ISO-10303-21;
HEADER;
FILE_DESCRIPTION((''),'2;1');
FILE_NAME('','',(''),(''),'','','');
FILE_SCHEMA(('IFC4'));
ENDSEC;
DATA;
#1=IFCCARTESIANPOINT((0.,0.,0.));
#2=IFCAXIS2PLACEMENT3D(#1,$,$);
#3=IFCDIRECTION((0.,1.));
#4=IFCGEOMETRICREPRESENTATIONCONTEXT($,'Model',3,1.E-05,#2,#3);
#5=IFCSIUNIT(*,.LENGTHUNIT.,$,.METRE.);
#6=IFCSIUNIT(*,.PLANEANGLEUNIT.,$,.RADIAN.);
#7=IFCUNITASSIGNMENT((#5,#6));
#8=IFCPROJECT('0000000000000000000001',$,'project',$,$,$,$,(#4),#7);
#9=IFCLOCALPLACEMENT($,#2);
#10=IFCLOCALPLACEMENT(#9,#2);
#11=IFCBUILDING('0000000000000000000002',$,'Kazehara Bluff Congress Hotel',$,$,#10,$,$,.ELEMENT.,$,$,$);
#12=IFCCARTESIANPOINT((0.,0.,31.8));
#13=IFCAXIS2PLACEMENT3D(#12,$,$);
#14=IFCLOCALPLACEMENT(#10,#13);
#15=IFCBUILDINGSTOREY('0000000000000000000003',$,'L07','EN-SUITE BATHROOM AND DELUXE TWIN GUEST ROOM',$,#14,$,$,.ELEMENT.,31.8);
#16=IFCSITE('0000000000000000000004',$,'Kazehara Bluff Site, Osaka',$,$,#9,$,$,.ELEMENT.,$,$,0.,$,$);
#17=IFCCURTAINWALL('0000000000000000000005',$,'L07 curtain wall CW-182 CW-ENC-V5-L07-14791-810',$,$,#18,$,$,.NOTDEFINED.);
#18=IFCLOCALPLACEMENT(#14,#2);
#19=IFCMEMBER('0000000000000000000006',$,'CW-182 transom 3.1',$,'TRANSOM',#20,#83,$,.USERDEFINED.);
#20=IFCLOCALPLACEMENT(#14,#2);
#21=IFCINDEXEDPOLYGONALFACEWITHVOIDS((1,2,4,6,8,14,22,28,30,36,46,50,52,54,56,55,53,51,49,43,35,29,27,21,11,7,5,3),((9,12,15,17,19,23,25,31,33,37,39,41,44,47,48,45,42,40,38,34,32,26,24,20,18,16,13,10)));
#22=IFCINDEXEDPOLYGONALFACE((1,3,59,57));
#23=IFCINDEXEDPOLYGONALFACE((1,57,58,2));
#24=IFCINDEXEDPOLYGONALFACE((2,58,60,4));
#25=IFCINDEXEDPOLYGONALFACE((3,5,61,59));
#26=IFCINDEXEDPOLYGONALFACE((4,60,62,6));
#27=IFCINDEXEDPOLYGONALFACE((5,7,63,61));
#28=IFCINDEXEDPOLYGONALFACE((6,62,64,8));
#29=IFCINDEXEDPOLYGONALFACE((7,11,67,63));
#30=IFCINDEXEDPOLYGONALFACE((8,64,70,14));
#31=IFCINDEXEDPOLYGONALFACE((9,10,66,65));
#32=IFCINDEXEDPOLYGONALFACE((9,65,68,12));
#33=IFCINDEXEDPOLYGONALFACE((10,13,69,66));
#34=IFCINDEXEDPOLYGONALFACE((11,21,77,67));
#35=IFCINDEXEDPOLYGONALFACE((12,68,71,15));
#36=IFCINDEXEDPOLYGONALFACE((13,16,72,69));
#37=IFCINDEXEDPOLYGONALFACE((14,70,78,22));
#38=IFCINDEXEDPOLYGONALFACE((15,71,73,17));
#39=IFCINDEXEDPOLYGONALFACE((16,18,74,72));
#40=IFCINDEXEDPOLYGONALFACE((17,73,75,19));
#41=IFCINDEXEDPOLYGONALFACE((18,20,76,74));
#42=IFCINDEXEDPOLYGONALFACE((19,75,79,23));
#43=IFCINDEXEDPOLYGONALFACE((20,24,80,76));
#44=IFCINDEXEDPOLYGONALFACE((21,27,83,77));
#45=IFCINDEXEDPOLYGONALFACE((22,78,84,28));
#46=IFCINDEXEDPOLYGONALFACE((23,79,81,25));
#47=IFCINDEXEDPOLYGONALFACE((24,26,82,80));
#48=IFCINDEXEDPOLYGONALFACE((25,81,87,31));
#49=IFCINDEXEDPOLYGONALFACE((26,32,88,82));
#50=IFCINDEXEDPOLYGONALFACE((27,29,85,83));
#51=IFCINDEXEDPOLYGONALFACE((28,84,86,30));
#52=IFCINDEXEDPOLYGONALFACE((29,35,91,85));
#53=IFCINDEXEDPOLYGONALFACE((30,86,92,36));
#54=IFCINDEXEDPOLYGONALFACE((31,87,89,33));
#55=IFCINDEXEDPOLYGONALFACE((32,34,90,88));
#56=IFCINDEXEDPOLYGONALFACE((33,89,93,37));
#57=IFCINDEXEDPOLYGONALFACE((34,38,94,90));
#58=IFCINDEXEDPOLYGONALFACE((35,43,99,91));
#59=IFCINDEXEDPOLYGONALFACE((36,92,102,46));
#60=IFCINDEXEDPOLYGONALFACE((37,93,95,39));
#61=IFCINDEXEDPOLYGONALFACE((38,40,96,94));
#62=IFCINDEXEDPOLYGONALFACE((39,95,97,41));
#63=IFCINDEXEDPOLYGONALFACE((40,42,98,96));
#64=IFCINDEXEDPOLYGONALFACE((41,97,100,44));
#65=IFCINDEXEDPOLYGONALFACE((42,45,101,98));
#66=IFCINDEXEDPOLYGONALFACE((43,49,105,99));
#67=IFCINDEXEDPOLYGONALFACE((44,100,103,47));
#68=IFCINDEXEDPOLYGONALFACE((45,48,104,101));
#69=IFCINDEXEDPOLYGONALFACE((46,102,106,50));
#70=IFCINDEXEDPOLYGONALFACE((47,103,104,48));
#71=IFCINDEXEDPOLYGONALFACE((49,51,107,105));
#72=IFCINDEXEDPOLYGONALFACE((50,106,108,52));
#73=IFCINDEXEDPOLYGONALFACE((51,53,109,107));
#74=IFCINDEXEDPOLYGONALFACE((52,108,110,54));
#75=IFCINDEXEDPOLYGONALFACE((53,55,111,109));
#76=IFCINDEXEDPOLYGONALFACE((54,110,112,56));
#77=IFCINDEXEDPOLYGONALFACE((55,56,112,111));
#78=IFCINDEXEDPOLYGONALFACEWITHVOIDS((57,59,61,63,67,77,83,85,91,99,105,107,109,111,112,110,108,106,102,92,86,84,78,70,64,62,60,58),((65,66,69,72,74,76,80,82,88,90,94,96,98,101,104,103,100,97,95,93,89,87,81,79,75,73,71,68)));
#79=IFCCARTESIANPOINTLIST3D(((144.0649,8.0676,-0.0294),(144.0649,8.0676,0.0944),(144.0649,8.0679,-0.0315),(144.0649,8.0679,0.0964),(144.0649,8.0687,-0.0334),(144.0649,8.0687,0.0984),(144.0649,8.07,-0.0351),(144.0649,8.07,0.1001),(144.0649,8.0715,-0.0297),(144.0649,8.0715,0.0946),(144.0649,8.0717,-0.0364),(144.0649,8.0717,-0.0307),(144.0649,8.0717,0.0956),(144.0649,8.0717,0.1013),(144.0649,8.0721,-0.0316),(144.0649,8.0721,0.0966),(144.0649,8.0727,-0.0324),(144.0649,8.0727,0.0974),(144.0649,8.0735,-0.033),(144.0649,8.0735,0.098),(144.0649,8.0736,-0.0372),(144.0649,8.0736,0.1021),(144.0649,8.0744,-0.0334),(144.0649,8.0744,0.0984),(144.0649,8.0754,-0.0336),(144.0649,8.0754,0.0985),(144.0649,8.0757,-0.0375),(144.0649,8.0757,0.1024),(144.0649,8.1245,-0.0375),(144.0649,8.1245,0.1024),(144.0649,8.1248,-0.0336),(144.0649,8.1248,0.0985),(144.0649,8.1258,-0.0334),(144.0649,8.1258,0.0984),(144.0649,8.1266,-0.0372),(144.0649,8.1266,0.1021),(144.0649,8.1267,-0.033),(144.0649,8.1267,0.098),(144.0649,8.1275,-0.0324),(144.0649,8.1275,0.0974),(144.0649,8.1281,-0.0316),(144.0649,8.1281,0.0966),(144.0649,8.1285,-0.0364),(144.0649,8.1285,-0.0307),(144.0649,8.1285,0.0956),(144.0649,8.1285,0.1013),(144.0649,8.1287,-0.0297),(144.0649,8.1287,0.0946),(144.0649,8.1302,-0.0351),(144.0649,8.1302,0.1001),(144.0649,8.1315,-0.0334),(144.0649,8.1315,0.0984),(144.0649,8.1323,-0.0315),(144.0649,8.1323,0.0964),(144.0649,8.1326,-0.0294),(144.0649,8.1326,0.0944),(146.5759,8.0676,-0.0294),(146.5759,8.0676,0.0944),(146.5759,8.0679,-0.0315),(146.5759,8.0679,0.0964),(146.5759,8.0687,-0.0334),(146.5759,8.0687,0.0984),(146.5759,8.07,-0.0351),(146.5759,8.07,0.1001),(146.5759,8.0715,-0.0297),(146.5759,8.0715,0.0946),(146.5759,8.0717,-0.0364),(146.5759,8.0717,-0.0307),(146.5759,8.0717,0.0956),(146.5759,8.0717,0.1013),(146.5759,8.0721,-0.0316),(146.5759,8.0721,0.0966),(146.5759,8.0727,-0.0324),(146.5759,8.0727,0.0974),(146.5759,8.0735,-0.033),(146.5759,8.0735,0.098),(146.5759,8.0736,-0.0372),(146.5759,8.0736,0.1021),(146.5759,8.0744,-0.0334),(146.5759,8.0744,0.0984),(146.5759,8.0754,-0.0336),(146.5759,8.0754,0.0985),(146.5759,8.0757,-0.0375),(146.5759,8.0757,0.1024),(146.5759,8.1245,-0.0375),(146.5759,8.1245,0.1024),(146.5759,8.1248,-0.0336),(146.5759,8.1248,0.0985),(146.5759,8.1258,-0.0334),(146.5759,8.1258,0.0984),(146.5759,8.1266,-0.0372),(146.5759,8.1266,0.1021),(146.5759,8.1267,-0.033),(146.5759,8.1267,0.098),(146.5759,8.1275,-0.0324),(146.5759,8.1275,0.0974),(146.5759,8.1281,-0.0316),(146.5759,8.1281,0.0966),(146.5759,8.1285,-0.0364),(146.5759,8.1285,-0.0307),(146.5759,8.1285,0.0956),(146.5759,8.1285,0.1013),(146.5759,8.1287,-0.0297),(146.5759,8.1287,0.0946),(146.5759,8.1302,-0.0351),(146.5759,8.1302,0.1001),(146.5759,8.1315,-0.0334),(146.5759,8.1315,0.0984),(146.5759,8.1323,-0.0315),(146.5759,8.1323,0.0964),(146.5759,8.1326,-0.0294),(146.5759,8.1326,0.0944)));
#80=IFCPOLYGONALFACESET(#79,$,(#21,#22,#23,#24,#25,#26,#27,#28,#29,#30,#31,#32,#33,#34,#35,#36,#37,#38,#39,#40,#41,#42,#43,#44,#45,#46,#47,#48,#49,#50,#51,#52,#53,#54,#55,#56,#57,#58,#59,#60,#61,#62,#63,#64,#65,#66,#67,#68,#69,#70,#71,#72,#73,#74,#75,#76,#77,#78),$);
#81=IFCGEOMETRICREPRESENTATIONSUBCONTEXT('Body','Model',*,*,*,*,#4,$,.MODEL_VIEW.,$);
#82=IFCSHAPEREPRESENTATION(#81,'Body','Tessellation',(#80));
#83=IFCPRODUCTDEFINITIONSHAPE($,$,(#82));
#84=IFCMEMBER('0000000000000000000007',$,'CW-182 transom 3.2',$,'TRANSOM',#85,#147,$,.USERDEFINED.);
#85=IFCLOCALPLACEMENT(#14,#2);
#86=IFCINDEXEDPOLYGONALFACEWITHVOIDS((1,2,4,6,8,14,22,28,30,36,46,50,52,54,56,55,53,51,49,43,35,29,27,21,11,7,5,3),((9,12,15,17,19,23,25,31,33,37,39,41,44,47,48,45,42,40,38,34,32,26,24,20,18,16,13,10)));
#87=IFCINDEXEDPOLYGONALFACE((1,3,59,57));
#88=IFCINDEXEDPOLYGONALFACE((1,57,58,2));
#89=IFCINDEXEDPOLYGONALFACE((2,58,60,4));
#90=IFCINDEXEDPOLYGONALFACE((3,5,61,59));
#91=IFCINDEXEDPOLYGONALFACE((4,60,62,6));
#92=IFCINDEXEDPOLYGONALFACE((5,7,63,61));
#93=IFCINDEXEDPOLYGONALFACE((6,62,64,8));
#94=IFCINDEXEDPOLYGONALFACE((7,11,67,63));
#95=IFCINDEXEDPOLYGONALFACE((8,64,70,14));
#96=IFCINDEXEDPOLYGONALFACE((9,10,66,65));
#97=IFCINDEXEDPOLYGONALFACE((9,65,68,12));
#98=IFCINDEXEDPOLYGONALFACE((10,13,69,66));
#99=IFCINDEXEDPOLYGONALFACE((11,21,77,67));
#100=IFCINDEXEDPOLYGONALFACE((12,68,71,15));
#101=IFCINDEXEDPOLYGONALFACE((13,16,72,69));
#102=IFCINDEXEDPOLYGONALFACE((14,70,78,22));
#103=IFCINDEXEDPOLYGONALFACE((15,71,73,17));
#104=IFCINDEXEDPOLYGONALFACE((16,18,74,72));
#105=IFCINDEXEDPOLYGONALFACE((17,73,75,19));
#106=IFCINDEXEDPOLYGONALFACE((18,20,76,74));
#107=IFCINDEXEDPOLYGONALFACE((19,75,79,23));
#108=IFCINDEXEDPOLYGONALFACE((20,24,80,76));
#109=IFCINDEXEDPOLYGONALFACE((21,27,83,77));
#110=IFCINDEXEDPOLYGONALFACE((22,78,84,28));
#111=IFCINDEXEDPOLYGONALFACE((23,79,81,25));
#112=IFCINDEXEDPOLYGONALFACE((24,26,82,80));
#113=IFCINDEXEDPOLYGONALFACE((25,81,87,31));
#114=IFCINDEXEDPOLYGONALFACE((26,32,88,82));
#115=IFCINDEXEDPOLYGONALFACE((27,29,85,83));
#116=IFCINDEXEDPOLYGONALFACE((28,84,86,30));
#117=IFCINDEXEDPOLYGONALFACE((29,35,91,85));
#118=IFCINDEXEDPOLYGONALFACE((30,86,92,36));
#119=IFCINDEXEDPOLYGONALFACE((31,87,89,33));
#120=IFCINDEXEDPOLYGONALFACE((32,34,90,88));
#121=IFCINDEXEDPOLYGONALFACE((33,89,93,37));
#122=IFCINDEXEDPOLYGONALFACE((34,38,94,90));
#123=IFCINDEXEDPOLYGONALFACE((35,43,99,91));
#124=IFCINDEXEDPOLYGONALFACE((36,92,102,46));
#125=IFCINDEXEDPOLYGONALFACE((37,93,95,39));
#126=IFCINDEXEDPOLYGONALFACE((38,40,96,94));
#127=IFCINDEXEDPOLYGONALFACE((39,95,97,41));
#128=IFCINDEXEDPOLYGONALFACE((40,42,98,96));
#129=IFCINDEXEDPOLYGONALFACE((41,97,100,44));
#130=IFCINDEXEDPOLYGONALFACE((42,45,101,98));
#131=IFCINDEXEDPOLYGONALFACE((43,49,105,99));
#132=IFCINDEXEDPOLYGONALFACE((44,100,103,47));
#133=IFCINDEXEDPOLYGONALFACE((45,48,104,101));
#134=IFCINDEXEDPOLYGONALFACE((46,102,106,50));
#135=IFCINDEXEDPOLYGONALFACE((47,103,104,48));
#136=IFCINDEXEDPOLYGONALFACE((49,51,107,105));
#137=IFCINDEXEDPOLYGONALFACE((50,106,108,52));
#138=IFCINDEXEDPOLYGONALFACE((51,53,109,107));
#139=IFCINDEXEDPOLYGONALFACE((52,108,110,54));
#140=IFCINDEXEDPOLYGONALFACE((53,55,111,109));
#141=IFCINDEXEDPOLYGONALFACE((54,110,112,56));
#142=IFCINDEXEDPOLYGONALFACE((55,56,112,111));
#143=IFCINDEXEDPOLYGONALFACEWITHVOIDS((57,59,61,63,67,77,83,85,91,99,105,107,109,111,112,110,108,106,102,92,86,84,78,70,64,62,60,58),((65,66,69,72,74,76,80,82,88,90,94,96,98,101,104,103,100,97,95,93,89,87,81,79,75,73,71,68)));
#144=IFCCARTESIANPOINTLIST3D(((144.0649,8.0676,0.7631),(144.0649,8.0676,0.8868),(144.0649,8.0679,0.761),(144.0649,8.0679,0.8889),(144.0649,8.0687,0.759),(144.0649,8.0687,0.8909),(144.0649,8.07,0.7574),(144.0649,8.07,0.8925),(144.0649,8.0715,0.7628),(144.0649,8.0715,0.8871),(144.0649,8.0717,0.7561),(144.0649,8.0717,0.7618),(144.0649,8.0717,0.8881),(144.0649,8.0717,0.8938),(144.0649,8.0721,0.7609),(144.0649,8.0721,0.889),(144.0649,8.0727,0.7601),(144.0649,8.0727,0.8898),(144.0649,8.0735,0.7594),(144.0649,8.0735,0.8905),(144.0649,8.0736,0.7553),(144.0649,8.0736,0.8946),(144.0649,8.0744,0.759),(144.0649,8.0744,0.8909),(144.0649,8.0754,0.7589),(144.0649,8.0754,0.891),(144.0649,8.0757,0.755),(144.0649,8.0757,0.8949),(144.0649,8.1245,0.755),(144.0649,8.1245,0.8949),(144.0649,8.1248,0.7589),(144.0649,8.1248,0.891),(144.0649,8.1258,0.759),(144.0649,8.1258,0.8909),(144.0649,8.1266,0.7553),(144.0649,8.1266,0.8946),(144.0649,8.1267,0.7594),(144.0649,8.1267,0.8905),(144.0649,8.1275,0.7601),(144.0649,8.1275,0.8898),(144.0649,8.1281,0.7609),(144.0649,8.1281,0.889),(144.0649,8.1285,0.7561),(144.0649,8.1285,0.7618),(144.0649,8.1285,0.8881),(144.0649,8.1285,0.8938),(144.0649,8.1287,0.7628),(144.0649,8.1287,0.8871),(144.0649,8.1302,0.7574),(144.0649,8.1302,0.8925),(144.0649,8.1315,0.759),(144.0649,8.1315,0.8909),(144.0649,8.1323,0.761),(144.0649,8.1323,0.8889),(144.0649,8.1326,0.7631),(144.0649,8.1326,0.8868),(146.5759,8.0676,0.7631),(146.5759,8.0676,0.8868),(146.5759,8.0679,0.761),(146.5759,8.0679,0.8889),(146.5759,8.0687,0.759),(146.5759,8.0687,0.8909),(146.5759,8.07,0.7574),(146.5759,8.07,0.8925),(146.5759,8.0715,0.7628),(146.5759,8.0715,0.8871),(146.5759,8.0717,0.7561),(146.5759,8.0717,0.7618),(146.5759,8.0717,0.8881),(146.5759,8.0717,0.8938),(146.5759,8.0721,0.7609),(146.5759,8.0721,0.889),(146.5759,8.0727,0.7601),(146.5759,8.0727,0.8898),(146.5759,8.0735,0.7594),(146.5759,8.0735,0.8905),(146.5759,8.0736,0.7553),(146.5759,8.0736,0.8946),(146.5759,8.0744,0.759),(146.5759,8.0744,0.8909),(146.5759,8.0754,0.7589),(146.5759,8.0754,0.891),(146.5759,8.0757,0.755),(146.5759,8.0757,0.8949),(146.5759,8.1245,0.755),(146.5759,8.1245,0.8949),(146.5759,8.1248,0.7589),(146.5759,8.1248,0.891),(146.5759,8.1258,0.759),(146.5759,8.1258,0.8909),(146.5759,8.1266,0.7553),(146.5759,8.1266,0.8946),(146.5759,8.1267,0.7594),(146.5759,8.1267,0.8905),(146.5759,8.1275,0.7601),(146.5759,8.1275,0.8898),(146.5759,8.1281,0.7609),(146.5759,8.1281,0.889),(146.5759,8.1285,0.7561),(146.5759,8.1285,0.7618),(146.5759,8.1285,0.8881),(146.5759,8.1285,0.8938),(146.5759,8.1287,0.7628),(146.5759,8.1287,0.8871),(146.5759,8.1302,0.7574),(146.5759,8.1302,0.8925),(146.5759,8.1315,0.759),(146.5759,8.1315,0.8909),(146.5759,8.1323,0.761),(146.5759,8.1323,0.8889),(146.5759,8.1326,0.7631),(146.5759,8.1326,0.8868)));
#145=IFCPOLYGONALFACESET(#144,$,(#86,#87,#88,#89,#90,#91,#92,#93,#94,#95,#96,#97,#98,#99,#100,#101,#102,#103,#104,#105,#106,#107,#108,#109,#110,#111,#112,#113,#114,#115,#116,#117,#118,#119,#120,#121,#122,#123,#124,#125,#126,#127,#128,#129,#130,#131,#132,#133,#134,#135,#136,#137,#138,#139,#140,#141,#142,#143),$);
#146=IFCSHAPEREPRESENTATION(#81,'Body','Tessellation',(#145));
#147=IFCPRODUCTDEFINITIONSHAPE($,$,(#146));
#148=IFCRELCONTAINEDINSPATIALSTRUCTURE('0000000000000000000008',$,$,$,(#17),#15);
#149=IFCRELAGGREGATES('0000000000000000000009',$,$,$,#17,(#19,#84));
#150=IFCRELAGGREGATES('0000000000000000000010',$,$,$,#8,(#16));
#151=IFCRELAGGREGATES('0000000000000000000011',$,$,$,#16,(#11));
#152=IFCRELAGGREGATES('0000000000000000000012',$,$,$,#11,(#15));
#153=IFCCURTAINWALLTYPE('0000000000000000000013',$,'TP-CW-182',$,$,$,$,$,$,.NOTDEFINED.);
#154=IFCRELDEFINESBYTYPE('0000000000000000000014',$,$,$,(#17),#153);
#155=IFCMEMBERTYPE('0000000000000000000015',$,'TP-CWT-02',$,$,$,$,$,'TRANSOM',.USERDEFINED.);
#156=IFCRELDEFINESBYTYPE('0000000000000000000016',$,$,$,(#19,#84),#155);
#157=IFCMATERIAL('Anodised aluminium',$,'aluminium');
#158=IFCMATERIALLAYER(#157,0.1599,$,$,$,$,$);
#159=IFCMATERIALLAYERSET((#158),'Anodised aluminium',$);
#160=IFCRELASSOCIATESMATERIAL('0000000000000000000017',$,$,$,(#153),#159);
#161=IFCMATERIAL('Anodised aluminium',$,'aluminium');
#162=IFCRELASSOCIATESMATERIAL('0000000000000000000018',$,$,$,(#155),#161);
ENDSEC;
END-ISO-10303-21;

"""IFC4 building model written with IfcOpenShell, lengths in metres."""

from ifc_helpers import new_model, si_unit, direction, frame, origin, origin_2d, place, context, subcontext, project, spatial, hollow_rectangle, extrude, material, layer, layer_set, material_profile, profile_set, type_object, element, aggregate, save


model = new_model("IFC4")

# Units and contexts
model_context = context("Model", 3, precision=1e-05, world=origin(), true_north=direction((0.0, 1.0)))
body_context = subcontext(model_context, "Body", "Model", "MODEL_VIEW")
ifc_project = project(units=[si_unit("LENGTHUNIT", "METRE"), si_unit("PLANEANGLEUNIT", "RADIAN")], contexts=[model_context])

# Site, building, storey
site_placement = place(None, origin())
site = spatial("IfcSite", under=ifc_project, at=site_placement, Name="Kazehara Bluff Site, Osaka", CompositionType="ELEMENT", RefElevation=0.0)
building_placement = place(site_placement, origin())
building = spatial("IfcBuilding", under=site, at=building_placement, Name="Kazehara Bluff Congress Hotel", CompositionType="ELEMENT")
storey_placement = place(building_placement, frame((0.0, 0.0, 31.8)))
storey = spatial("IfcBuildingStorey", under=building, at=storey_placement, Name="L07", Description="EN-SUITE BATHROOM AND DELUXE TWIN GUEST ROOM", CompositionType="ELEMENT", Elevation=31.8)

# Curtain wall, members
ifc_material_1 = material(Name="Anodised aluminium", Category="aluminium")
ifc_layer_1 = layer(ifc_material_1, 0.1599)
ifc_layer_set_1 = layer_set([ifc_layer_1], Name="Anodised aluminium")
curtain_wall_type = type_object("IfcCurtainWallType", Name="TP-CW-182", PredefinedType="NOTDEFINED", material=ifc_layer_set_1)
curtain_wall_placement = place(storey_placement, origin())
curtain_wall = element("IfcCurtainWall", 1, at=curtain_wall_placement, inside=storey, type_object=curtain_wall_type, Name="L07 curtain wall CW-182 CW-ENC-V5-L07-14791-810", PredefinedType="NOTDEFINED")
ifc_material_2 = material(Name="Anodised aluminium", Category="aluminium")
ifc_material_profile_1 = material_profile(ifc_material_2, hollow_rectangle(XDim=0.0649, YDim=0.1399, WallThickness=0.0039, InnerFilletRadius=0.0039, OuterFilletRadius=0.0081, at=origin_2d()))
ifc_profile_set_1 = profile_set([ifc_material_profile_1], Name="Anodised aluminium")
member_type_1 = type_object("IfcMemberType", Name="TP-CWT-02", ElementType="TRANSOM", PredefinedType="USERDEFINED", material=ifc_profile_set_1)
member_1_placement = place(storey_placement, frame((146.5759, 8.1001, 0.0325), z_axis=(-1.0, 0.0, 0.0), x_axis=(0.0, -1.0, 0.0)))
member_1 = element("IfcMember", 2, at=member_1_placement, type_object=member_type_1, Name="CW-182 transom 3.1", ObjectType="TRANSOM", PredefinedType="USERDEFINED", context=body_context, shape_type="SweptSolid", body=[
    extrude(hollow_rectangle(XDim=0.0649, YDim=0.1399, WallThickness=0.0039, InnerFilletRadius=0.0039, OuterFilletRadius=0.0081, at=origin_2d()), origin(), (0.0, 0.0, 1.0), 2.511),
])
member_2_placement = place(storey_placement, frame((146.5759, 8.1001, 0.825), z_axis=(-1.0, 0.0, 0.0), x_axis=(0.0, -1.0, 0.0)))
member_2 = element("IfcMember", 3, at=member_2_placement, type_object=member_type_1, Name="CW-182 transom 3.2", ObjectType="TRANSOM", PredefinedType="USERDEFINED", context=body_context, shape_type="SweptSolid", body=[
    extrude(hollow_rectangle(XDim=0.0649, YDim=0.1399, WallThickness=0.0039, InnerFilletRadius=0.0039, OuterFilletRadius=0.0081, at=origin_2d()), origin(), (0.0, 0.0, 1.0), 2.511),
])

aggregate(curtain_wall, [member_1, member_2])

save(model, "model.ifc")
